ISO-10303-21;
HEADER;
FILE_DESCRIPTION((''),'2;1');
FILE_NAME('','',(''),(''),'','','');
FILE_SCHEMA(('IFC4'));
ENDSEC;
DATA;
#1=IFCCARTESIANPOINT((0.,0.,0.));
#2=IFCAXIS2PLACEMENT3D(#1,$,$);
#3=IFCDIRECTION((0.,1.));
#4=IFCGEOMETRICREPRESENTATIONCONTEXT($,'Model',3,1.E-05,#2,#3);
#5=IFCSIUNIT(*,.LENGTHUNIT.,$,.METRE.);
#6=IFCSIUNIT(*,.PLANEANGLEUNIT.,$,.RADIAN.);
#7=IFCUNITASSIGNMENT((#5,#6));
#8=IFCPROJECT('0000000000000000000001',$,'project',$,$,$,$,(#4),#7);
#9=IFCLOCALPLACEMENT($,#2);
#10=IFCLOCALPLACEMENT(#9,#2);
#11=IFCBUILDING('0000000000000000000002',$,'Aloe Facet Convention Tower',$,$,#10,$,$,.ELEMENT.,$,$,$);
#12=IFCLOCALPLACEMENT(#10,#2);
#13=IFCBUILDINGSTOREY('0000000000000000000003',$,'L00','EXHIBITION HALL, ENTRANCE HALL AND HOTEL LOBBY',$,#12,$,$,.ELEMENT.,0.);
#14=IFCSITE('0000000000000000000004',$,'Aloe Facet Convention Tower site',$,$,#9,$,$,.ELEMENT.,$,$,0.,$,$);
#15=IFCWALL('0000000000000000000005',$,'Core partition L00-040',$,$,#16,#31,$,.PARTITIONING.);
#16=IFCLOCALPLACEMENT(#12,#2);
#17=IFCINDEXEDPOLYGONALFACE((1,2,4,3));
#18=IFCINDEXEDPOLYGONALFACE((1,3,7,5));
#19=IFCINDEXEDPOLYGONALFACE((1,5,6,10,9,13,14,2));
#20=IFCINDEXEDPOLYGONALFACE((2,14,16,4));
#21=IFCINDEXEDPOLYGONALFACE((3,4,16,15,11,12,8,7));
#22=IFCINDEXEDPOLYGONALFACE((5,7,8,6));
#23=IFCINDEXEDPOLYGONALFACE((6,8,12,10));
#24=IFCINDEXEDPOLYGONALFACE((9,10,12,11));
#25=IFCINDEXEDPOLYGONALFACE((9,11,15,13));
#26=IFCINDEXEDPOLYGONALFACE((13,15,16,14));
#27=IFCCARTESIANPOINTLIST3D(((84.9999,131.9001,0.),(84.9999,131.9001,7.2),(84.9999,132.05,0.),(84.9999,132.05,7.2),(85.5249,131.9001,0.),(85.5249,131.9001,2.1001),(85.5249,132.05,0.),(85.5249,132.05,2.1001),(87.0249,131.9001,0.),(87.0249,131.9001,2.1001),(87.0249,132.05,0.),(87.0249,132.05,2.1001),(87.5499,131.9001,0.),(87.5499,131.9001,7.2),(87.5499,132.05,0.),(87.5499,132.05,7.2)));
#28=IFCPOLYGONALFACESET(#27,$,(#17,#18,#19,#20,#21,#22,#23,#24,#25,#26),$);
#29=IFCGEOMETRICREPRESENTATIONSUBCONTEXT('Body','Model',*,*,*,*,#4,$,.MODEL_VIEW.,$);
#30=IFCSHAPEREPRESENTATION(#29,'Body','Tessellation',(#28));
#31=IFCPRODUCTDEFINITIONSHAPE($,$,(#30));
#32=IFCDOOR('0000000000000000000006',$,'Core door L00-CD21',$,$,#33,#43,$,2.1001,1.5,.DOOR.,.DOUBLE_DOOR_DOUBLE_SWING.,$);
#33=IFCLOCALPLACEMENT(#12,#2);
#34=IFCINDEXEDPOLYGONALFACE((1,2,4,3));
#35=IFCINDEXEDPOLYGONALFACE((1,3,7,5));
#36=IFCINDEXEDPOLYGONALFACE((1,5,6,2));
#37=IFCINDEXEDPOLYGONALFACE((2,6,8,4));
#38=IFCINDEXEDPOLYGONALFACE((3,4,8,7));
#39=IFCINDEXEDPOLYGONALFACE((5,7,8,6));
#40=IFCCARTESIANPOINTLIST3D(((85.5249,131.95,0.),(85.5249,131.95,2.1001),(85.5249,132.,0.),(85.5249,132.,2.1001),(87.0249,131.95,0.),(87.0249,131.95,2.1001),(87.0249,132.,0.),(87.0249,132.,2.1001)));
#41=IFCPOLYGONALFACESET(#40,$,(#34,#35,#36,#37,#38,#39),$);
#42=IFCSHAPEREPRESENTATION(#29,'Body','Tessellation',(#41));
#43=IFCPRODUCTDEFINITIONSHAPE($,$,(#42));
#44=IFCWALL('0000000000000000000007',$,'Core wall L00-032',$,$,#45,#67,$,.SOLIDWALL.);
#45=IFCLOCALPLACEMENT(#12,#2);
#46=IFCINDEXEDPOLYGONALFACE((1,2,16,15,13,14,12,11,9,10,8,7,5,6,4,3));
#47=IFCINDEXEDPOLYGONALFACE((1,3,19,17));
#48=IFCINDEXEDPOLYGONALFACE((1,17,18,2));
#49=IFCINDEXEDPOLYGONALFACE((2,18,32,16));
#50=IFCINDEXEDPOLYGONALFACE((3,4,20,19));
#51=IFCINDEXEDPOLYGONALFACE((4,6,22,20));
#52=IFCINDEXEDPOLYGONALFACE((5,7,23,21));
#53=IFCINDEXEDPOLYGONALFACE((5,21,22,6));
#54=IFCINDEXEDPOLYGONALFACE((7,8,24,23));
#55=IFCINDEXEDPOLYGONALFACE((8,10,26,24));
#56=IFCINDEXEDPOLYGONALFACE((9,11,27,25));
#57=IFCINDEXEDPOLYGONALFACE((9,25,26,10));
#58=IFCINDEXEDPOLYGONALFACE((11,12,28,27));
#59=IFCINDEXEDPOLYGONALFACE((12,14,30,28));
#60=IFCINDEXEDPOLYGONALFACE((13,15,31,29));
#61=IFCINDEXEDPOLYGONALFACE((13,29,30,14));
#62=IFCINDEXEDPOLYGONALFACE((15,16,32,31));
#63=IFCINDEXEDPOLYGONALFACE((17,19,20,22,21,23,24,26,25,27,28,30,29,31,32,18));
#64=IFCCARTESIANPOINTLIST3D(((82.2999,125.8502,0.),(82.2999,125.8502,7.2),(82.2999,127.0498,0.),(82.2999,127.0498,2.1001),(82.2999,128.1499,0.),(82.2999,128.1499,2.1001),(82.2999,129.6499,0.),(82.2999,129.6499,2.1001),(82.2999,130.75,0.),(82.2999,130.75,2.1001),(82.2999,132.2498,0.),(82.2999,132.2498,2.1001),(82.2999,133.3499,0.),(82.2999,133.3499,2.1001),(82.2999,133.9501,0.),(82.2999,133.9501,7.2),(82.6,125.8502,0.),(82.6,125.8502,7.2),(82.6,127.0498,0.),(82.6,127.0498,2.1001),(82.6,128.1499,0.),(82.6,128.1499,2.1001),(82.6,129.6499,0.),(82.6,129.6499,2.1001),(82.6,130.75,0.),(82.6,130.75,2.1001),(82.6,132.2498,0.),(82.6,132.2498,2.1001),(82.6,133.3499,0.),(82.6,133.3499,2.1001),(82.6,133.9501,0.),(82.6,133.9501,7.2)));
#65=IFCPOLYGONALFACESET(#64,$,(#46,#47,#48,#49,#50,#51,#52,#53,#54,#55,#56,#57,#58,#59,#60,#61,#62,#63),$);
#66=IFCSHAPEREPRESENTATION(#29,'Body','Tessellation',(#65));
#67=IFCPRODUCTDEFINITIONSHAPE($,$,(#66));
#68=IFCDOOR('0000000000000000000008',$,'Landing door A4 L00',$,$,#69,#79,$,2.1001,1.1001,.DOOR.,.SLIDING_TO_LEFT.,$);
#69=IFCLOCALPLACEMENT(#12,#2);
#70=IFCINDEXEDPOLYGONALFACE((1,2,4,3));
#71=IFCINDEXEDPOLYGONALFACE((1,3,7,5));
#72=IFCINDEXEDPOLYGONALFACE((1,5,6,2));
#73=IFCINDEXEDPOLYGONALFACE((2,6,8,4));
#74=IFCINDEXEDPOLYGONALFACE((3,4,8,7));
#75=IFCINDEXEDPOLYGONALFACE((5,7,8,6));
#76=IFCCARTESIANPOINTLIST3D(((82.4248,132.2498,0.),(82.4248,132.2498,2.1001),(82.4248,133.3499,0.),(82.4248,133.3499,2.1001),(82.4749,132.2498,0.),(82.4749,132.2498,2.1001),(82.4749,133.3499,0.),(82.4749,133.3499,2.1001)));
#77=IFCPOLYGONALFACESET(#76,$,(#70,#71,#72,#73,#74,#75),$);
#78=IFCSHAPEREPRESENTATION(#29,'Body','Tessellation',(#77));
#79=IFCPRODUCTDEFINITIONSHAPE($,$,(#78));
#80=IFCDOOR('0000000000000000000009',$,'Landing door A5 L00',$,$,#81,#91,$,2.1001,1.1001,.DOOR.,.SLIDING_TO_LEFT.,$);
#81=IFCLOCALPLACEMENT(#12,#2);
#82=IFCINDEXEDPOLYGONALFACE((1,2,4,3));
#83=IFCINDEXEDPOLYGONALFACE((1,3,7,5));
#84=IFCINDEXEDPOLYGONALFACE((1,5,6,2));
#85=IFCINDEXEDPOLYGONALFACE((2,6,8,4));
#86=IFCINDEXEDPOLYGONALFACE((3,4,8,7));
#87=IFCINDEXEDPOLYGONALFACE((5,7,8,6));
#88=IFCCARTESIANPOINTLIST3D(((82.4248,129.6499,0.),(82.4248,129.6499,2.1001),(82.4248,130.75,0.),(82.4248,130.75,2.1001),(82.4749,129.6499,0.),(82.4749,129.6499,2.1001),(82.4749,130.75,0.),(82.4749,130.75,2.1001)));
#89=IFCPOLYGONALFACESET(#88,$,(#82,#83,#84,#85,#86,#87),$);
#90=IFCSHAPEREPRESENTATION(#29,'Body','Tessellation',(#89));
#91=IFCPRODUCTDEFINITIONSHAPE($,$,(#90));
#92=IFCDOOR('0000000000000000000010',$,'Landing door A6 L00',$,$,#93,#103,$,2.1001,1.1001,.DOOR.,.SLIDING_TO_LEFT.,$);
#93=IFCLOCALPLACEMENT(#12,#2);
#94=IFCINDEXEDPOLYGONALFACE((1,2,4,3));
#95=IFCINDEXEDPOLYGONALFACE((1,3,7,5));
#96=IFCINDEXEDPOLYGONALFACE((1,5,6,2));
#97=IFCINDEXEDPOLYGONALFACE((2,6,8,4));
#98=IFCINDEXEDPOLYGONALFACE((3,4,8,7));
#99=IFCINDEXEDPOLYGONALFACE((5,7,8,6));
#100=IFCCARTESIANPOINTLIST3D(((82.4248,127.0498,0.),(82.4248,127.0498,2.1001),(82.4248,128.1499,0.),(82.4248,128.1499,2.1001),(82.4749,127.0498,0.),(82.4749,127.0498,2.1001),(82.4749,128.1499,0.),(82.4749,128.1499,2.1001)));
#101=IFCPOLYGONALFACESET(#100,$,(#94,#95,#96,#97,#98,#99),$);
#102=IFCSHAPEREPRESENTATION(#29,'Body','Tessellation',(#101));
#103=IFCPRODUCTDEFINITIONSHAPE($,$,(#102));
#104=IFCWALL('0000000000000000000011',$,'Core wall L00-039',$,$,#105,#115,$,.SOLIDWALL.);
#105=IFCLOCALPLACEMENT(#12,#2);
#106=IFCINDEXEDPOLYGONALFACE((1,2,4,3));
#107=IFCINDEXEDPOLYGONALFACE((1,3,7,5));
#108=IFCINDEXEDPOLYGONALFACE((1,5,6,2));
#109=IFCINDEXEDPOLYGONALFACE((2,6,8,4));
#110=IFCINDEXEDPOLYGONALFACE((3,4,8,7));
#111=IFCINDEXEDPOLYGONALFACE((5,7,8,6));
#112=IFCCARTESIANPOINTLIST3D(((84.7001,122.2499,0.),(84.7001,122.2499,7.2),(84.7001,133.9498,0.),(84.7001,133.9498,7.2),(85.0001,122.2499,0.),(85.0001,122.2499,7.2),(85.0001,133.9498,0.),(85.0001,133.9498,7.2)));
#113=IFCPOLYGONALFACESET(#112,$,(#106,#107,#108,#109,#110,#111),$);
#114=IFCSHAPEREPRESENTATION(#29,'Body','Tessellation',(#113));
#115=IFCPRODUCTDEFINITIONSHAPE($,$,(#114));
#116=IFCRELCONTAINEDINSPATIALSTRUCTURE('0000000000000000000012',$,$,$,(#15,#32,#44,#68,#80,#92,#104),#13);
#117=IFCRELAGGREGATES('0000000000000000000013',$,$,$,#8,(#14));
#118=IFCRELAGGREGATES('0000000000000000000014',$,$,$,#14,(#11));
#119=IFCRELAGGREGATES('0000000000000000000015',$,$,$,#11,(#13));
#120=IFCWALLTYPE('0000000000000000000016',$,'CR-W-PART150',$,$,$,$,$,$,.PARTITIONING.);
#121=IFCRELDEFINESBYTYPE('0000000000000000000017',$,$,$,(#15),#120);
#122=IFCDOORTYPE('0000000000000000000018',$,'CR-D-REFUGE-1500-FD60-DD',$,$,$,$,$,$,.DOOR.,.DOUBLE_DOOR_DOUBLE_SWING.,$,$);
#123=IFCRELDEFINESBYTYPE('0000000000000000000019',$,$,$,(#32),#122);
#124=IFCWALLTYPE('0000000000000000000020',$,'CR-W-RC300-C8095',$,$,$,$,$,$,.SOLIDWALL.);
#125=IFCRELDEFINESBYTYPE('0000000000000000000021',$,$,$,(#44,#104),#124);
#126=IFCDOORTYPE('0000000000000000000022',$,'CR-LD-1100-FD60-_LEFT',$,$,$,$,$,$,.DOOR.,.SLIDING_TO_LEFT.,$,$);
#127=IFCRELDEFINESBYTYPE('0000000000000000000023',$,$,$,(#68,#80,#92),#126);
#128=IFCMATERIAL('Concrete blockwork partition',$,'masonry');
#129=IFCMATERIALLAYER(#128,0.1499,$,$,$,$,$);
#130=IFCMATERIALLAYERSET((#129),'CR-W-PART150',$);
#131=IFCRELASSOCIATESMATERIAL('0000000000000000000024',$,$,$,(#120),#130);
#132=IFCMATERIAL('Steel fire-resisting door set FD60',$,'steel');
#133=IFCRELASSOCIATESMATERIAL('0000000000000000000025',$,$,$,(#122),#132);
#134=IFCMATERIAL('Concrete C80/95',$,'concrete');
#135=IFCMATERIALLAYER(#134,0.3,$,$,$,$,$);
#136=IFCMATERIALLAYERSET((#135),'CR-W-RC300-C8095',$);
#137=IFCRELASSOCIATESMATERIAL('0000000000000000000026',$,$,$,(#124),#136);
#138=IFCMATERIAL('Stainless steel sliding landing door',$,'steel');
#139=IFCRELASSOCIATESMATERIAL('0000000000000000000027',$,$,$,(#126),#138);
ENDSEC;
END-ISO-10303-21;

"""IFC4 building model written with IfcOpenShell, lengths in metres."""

from ifc_helpers import new_model, si_unit, direction, frame, frame_2d, origin, place, context, subcontext, project, spatial, rectangle, extrude, material, layer, layer_set, type_object, element, fill, save


model = new_model("IFC4")

# Units and contexts
model_context = context("Model", 3, precision=1e-05, world=origin(), true_north=direction((0.0, 1.0)))
body_context = subcontext(model_context, "Body", "Model", "MODEL_VIEW")
ifc_project = project(units=[si_unit("LENGTHUNIT", "METRE"), si_unit("PLANEANGLEUNIT", "RADIAN")], contexts=[model_context])

# Site, building, storey
site_placement = place(None, origin())
site = spatial("IfcSite", under=ifc_project, at=site_placement, Name="Aloe Facet Convention Tower site", CompositionType="ELEMENT", RefElevation=0.0)
building_placement = place(site_placement, origin())
building = spatial("IfcBuilding", under=site, at=building_placement, Name="Aloe Facet Convention Tower", CompositionType="ELEMENT")
storey_placement = place(building_placement, origin())
storey = spatial("IfcBuildingStorey", under=building, at=storey_placement, Name="L00", Description="EXHIBITION HALL, ENTRANCE HALL AND HOTEL LOBBY", CompositionType="ELEMENT", Elevation=0.0)

# Wall, opening, door
ifc_material_1 = material(Name="Concrete blockwork partition", Category="masonry")
ifc_layer_1 = layer(ifc_material_1, 0.1499)
ifc_layer_set_1 = layer_set([ifc_layer_1], Name="CR-W-PART150")
wall_type_1 = type_object("IfcWallType", Name="CR-W-PART150", PredefinedType="PARTITIONING", material=ifc_layer_set_1)
wall_1_placement = place(storey_placement, frame((85.0, 131.9751, 0.0), z_axis=(0.0, 0.0, 1.0), x_axis=(1.0, 0.0, 0.0)))
wall_1 = element("IfcWall", 1, at=wall_1_placement, inside=storey, type_object=wall_type_1, Name="Core partition L00-040", PredefinedType="PARTITIONING", context=body_context, shape_type="SweptSolid", body=[
    extrude(rectangle(XDim=2.55, YDim=0.1499, at=frame_2d((1.2749, 0.0))), origin(), (0.0, 0.0, 1.0), 7.2),
])
opening_1_placement = place(wall_1_placement, frame((0.5249, 0.0, 0.0)))
opening_1 = element("IfcOpeningElement", 2, at=opening_1_placement, cuts=wall_1, PredefinedType="OPENING", context=body_context, shape_type="SweptSolid", body=[
    extrude(rectangle(XDim=1.5, YDim=2.1001, at=frame_2d((0.75, 1.05))), frame((0.0, 0.085, 0.0), z_axis=(0.0, -1.0, 0.0), x_axis=(1.0, 0.0, 0.0)), (0.0, 0.0, 1.0), 0.1699),
])
ifc_material_2 = material(Name="Steel fire-resisting door set FD60", Category="steel")
door_type_1 = type_object("IfcDoorType", Name="CR-D-REFUGE-1500-FD60-DD", OperationType="DOUBLE_DOOR_DOUBLE_SWING", PredefinedType="DOOR", material=ifc_material_2)
door_1_placement = place(opening_1_placement, origin())
door_1 = element("IfcDoor", 3, at=door_1_placement, inside=storey, type_object=door_type_1, Name="Core door L00-CD21", OperationType="DOUBLE_DOOR_DOUBLE_SWING", OverallHeight=2.1001, OverallWidth=1.5, PredefinedType="DOOR", context=body_context, shape_type="SweptSolid", body=[
    extrude(rectangle(XDim=1.5, YDim=2.1001, at=frame_2d((0.75, 1.05))), frame((0.0, 0.0249, 0.0), z_axis=(0.0, -1.0, 0.0), x_axis=(1.0, 0.0, 0.0)), (0.0, 0.0, 1.0), 0.05),
])
fill(opening_1, door_1)

# Wall, openings, doors
ifc_material_3 = material(Name="Concrete C80/95", Category="concrete")
ifc_layer_2 = layer(ifc_material_3, 0.3)
ifc_layer_set_2 = layer_set([ifc_layer_2], Name="CR-W-RC300-C8095")
wall_type_2 = type_object("IfcWallType", Name="CR-W-RC300-C8095", PredefinedType="SOLIDWALL", material=ifc_layer_set_2)
wall_2_placement = place(storey_placement, frame((82.45, 133.95, 0.0), z_axis=(0.0, 0.0, 1.0), x_axis=(0.0, -1.0, 0.0)))
wall_2 = element("IfcWall", 4, at=wall_2_placement, inside=storey, type_object=wall_type_2, Name="Core wall L00-032", PredefinedType="SOLIDWALL", context=body_context, shape_type="SweptSolid", body=[
    extrude(rectangle(XDim=8.0999, YDim=0.3, at=frame_2d((4.0498, 0.0))), origin(), (0.0, 0.0, 1.0), 7.2),
])
opening_2_placement = place(wall_2_placement, frame((0.6001, 0.0, 0.0)))
opening_2 = element("IfcOpeningElement", 5, at=opening_2_placement, cuts=wall_2, PredefinedType="OPENING", context=body_context, shape_type="SweptSolid", body=[
    extrude(rectangle(XDim=1.1001, YDim=2.1001, at=frame_2d((0.55, 1.05))), frame((0.0, 0.1602, 0.0), z_axis=(0.0, -1.0, 0.0), x_axis=(1.0, 0.0, 0.0)), (0.0, 0.0, 1.0), 0.3201),
])
opening_3_placement = place(wall_2_placement, frame((3.2, 0.0, 0.0)))
opening_3 = element("IfcOpeningElement", 6, at=opening_3_placement, cuts=wall_2, PredefinedType="OPENING", context=body_context, shape_type="SweptSolid", body=[
    extrude(rectangle(XDim=1.1001, YDim=2.1001, at=frame_2d((0.55, 1.05))), frame((0.0, 0.1602, 0.0), z_axis=(0.0, -1.0, 0.0), x_axis=(1.0, 0.0, 0.0)), (0.0, 0.0, 1.0), 0.3201),
])
opening_4_placement = place(wall_2_placement, frame((5.8, 0.0, 0.0)))
opening_4 = element("IfcOpeningElement", 7, at=opening_4_placement, cuts=wall_2, PredefinedType="OPENING", context=body_context, shape_type="SweptSolid", body=[
    extrude(rectangle(XDim=1.1001, YDim=2.1001, at=frame_2d((0.55, 1.05))), frame((0.0, 0.1602, 0.0), z_axis=(0.0, -1.0, 0.0), x_axis=(1.0, 0.0, 0.0)), (0.0, 0.0, 1.0), 0.3201),
])
ifc_material_4 = material(Name="Stainless steel sliding landing door", Category="steel")
door_type_2 = type_object("IfcDoorType", Name="CR-LD-1100-FD60-_LEFT", OperationType="SLIDING_TO_LEFT", PredefinedType="DOOR", material=ifc_material_4)
door_2_placement = place(opening_2_placement, origin())
door_2 = element("IfcDoor", 8, at=door_2_placement, inside=storey, type_object=door_type_2, Name="Landing door A4 L00", OperationType="SLIDING_TO_LEFT", OverallHeight=2.1001, OverallWidth=1.1001, PredefinedType="DOOR", context=body_context, shape_type="SweptSolid", body=[
    extrude(rectangle(XDim=1.1001, YDim=2.1001, at=frame_2d((0.55, 1.05))), frame((0.0, 0.0249, 0.0), z_axis=(0.0, -1.0, 0.0), x_axis=(1.0, 0.0, 0.0)), (0.0, 0.0, 1.0), 0.05),
])
fill(opening_2, door_2)
door_3_placement = place(opening_3_placement, origin())
door_3 = element("IfcDoor", 9, at=door_3_placement, inside=storey, type_object=door_type_2, Name="Landing door A5 L00", OperationType="SLIDING_TO_LEFT", OverallHeight=2.1001, OverallWidth=1.1001, PredefinedType="DOOR", context=body_context, shape_type="SweptSolid", body=[
    extrude(rectangle(XDim=1.1001, YDim=2.1001, at=frame_2d((0.55, 1.05))), frame((0.0, 0.0249, 0.0), z_axis=(0.0, -1.0, 0.0), x_axis=(1.0, 0.0, 0.0)), (0.0, 0.0, 1.0), 0.05),
])
fill(opening_3, door_3)
door_4_placement = place(opening_4_placement, origin())
door_4 = element("IfcDoor", 10, at=door_4_placement, inside=storey, type_object=door_type_2, Name="Landing door A6 L00", OperationType="SLIDING_TO_LEFT", OverallHeight=2.1001, OverallWidth=1.1001, PredefinedType="DOOR", context=body_context, shape_type="SweptSolid", body=[
    extrude(rectangle(XDim=1.1001, YDim=2.1001, at=frame_2d((0.55, 1.05))), frame((0.0, 0.0249, 0.0), z_axis=(0.0, -1.0, 0.0), x_axis=(1.0, 0.0, 0.0)), (0.0, 0.0, 1.0), 0.05),
])
fill(opening_4, door_4)

# Wall
wall_3_placement = place(storey_placement, frame((84.8501, 133.95, 0.0), z_axis=(0.0, 0.0, 1.0), x_axis=(0.0, -1.0, 0.0)))
element("IfcWall", 11, at=wall_3_placement, inside=storey, type_object=wall_type_2, Name="Core wall L00-039", PredefinedType="SOLIDWALL", context=body_context, shape_type="SweptSolid", body=[
    extrude(rectangle(XDim=11.7, YDim=0.3, at=frame_2d((5.8501, 0.0))), origin(), (0.0, 0.0, 1.0), 7.2),
])

save(model, "model.ifc")
